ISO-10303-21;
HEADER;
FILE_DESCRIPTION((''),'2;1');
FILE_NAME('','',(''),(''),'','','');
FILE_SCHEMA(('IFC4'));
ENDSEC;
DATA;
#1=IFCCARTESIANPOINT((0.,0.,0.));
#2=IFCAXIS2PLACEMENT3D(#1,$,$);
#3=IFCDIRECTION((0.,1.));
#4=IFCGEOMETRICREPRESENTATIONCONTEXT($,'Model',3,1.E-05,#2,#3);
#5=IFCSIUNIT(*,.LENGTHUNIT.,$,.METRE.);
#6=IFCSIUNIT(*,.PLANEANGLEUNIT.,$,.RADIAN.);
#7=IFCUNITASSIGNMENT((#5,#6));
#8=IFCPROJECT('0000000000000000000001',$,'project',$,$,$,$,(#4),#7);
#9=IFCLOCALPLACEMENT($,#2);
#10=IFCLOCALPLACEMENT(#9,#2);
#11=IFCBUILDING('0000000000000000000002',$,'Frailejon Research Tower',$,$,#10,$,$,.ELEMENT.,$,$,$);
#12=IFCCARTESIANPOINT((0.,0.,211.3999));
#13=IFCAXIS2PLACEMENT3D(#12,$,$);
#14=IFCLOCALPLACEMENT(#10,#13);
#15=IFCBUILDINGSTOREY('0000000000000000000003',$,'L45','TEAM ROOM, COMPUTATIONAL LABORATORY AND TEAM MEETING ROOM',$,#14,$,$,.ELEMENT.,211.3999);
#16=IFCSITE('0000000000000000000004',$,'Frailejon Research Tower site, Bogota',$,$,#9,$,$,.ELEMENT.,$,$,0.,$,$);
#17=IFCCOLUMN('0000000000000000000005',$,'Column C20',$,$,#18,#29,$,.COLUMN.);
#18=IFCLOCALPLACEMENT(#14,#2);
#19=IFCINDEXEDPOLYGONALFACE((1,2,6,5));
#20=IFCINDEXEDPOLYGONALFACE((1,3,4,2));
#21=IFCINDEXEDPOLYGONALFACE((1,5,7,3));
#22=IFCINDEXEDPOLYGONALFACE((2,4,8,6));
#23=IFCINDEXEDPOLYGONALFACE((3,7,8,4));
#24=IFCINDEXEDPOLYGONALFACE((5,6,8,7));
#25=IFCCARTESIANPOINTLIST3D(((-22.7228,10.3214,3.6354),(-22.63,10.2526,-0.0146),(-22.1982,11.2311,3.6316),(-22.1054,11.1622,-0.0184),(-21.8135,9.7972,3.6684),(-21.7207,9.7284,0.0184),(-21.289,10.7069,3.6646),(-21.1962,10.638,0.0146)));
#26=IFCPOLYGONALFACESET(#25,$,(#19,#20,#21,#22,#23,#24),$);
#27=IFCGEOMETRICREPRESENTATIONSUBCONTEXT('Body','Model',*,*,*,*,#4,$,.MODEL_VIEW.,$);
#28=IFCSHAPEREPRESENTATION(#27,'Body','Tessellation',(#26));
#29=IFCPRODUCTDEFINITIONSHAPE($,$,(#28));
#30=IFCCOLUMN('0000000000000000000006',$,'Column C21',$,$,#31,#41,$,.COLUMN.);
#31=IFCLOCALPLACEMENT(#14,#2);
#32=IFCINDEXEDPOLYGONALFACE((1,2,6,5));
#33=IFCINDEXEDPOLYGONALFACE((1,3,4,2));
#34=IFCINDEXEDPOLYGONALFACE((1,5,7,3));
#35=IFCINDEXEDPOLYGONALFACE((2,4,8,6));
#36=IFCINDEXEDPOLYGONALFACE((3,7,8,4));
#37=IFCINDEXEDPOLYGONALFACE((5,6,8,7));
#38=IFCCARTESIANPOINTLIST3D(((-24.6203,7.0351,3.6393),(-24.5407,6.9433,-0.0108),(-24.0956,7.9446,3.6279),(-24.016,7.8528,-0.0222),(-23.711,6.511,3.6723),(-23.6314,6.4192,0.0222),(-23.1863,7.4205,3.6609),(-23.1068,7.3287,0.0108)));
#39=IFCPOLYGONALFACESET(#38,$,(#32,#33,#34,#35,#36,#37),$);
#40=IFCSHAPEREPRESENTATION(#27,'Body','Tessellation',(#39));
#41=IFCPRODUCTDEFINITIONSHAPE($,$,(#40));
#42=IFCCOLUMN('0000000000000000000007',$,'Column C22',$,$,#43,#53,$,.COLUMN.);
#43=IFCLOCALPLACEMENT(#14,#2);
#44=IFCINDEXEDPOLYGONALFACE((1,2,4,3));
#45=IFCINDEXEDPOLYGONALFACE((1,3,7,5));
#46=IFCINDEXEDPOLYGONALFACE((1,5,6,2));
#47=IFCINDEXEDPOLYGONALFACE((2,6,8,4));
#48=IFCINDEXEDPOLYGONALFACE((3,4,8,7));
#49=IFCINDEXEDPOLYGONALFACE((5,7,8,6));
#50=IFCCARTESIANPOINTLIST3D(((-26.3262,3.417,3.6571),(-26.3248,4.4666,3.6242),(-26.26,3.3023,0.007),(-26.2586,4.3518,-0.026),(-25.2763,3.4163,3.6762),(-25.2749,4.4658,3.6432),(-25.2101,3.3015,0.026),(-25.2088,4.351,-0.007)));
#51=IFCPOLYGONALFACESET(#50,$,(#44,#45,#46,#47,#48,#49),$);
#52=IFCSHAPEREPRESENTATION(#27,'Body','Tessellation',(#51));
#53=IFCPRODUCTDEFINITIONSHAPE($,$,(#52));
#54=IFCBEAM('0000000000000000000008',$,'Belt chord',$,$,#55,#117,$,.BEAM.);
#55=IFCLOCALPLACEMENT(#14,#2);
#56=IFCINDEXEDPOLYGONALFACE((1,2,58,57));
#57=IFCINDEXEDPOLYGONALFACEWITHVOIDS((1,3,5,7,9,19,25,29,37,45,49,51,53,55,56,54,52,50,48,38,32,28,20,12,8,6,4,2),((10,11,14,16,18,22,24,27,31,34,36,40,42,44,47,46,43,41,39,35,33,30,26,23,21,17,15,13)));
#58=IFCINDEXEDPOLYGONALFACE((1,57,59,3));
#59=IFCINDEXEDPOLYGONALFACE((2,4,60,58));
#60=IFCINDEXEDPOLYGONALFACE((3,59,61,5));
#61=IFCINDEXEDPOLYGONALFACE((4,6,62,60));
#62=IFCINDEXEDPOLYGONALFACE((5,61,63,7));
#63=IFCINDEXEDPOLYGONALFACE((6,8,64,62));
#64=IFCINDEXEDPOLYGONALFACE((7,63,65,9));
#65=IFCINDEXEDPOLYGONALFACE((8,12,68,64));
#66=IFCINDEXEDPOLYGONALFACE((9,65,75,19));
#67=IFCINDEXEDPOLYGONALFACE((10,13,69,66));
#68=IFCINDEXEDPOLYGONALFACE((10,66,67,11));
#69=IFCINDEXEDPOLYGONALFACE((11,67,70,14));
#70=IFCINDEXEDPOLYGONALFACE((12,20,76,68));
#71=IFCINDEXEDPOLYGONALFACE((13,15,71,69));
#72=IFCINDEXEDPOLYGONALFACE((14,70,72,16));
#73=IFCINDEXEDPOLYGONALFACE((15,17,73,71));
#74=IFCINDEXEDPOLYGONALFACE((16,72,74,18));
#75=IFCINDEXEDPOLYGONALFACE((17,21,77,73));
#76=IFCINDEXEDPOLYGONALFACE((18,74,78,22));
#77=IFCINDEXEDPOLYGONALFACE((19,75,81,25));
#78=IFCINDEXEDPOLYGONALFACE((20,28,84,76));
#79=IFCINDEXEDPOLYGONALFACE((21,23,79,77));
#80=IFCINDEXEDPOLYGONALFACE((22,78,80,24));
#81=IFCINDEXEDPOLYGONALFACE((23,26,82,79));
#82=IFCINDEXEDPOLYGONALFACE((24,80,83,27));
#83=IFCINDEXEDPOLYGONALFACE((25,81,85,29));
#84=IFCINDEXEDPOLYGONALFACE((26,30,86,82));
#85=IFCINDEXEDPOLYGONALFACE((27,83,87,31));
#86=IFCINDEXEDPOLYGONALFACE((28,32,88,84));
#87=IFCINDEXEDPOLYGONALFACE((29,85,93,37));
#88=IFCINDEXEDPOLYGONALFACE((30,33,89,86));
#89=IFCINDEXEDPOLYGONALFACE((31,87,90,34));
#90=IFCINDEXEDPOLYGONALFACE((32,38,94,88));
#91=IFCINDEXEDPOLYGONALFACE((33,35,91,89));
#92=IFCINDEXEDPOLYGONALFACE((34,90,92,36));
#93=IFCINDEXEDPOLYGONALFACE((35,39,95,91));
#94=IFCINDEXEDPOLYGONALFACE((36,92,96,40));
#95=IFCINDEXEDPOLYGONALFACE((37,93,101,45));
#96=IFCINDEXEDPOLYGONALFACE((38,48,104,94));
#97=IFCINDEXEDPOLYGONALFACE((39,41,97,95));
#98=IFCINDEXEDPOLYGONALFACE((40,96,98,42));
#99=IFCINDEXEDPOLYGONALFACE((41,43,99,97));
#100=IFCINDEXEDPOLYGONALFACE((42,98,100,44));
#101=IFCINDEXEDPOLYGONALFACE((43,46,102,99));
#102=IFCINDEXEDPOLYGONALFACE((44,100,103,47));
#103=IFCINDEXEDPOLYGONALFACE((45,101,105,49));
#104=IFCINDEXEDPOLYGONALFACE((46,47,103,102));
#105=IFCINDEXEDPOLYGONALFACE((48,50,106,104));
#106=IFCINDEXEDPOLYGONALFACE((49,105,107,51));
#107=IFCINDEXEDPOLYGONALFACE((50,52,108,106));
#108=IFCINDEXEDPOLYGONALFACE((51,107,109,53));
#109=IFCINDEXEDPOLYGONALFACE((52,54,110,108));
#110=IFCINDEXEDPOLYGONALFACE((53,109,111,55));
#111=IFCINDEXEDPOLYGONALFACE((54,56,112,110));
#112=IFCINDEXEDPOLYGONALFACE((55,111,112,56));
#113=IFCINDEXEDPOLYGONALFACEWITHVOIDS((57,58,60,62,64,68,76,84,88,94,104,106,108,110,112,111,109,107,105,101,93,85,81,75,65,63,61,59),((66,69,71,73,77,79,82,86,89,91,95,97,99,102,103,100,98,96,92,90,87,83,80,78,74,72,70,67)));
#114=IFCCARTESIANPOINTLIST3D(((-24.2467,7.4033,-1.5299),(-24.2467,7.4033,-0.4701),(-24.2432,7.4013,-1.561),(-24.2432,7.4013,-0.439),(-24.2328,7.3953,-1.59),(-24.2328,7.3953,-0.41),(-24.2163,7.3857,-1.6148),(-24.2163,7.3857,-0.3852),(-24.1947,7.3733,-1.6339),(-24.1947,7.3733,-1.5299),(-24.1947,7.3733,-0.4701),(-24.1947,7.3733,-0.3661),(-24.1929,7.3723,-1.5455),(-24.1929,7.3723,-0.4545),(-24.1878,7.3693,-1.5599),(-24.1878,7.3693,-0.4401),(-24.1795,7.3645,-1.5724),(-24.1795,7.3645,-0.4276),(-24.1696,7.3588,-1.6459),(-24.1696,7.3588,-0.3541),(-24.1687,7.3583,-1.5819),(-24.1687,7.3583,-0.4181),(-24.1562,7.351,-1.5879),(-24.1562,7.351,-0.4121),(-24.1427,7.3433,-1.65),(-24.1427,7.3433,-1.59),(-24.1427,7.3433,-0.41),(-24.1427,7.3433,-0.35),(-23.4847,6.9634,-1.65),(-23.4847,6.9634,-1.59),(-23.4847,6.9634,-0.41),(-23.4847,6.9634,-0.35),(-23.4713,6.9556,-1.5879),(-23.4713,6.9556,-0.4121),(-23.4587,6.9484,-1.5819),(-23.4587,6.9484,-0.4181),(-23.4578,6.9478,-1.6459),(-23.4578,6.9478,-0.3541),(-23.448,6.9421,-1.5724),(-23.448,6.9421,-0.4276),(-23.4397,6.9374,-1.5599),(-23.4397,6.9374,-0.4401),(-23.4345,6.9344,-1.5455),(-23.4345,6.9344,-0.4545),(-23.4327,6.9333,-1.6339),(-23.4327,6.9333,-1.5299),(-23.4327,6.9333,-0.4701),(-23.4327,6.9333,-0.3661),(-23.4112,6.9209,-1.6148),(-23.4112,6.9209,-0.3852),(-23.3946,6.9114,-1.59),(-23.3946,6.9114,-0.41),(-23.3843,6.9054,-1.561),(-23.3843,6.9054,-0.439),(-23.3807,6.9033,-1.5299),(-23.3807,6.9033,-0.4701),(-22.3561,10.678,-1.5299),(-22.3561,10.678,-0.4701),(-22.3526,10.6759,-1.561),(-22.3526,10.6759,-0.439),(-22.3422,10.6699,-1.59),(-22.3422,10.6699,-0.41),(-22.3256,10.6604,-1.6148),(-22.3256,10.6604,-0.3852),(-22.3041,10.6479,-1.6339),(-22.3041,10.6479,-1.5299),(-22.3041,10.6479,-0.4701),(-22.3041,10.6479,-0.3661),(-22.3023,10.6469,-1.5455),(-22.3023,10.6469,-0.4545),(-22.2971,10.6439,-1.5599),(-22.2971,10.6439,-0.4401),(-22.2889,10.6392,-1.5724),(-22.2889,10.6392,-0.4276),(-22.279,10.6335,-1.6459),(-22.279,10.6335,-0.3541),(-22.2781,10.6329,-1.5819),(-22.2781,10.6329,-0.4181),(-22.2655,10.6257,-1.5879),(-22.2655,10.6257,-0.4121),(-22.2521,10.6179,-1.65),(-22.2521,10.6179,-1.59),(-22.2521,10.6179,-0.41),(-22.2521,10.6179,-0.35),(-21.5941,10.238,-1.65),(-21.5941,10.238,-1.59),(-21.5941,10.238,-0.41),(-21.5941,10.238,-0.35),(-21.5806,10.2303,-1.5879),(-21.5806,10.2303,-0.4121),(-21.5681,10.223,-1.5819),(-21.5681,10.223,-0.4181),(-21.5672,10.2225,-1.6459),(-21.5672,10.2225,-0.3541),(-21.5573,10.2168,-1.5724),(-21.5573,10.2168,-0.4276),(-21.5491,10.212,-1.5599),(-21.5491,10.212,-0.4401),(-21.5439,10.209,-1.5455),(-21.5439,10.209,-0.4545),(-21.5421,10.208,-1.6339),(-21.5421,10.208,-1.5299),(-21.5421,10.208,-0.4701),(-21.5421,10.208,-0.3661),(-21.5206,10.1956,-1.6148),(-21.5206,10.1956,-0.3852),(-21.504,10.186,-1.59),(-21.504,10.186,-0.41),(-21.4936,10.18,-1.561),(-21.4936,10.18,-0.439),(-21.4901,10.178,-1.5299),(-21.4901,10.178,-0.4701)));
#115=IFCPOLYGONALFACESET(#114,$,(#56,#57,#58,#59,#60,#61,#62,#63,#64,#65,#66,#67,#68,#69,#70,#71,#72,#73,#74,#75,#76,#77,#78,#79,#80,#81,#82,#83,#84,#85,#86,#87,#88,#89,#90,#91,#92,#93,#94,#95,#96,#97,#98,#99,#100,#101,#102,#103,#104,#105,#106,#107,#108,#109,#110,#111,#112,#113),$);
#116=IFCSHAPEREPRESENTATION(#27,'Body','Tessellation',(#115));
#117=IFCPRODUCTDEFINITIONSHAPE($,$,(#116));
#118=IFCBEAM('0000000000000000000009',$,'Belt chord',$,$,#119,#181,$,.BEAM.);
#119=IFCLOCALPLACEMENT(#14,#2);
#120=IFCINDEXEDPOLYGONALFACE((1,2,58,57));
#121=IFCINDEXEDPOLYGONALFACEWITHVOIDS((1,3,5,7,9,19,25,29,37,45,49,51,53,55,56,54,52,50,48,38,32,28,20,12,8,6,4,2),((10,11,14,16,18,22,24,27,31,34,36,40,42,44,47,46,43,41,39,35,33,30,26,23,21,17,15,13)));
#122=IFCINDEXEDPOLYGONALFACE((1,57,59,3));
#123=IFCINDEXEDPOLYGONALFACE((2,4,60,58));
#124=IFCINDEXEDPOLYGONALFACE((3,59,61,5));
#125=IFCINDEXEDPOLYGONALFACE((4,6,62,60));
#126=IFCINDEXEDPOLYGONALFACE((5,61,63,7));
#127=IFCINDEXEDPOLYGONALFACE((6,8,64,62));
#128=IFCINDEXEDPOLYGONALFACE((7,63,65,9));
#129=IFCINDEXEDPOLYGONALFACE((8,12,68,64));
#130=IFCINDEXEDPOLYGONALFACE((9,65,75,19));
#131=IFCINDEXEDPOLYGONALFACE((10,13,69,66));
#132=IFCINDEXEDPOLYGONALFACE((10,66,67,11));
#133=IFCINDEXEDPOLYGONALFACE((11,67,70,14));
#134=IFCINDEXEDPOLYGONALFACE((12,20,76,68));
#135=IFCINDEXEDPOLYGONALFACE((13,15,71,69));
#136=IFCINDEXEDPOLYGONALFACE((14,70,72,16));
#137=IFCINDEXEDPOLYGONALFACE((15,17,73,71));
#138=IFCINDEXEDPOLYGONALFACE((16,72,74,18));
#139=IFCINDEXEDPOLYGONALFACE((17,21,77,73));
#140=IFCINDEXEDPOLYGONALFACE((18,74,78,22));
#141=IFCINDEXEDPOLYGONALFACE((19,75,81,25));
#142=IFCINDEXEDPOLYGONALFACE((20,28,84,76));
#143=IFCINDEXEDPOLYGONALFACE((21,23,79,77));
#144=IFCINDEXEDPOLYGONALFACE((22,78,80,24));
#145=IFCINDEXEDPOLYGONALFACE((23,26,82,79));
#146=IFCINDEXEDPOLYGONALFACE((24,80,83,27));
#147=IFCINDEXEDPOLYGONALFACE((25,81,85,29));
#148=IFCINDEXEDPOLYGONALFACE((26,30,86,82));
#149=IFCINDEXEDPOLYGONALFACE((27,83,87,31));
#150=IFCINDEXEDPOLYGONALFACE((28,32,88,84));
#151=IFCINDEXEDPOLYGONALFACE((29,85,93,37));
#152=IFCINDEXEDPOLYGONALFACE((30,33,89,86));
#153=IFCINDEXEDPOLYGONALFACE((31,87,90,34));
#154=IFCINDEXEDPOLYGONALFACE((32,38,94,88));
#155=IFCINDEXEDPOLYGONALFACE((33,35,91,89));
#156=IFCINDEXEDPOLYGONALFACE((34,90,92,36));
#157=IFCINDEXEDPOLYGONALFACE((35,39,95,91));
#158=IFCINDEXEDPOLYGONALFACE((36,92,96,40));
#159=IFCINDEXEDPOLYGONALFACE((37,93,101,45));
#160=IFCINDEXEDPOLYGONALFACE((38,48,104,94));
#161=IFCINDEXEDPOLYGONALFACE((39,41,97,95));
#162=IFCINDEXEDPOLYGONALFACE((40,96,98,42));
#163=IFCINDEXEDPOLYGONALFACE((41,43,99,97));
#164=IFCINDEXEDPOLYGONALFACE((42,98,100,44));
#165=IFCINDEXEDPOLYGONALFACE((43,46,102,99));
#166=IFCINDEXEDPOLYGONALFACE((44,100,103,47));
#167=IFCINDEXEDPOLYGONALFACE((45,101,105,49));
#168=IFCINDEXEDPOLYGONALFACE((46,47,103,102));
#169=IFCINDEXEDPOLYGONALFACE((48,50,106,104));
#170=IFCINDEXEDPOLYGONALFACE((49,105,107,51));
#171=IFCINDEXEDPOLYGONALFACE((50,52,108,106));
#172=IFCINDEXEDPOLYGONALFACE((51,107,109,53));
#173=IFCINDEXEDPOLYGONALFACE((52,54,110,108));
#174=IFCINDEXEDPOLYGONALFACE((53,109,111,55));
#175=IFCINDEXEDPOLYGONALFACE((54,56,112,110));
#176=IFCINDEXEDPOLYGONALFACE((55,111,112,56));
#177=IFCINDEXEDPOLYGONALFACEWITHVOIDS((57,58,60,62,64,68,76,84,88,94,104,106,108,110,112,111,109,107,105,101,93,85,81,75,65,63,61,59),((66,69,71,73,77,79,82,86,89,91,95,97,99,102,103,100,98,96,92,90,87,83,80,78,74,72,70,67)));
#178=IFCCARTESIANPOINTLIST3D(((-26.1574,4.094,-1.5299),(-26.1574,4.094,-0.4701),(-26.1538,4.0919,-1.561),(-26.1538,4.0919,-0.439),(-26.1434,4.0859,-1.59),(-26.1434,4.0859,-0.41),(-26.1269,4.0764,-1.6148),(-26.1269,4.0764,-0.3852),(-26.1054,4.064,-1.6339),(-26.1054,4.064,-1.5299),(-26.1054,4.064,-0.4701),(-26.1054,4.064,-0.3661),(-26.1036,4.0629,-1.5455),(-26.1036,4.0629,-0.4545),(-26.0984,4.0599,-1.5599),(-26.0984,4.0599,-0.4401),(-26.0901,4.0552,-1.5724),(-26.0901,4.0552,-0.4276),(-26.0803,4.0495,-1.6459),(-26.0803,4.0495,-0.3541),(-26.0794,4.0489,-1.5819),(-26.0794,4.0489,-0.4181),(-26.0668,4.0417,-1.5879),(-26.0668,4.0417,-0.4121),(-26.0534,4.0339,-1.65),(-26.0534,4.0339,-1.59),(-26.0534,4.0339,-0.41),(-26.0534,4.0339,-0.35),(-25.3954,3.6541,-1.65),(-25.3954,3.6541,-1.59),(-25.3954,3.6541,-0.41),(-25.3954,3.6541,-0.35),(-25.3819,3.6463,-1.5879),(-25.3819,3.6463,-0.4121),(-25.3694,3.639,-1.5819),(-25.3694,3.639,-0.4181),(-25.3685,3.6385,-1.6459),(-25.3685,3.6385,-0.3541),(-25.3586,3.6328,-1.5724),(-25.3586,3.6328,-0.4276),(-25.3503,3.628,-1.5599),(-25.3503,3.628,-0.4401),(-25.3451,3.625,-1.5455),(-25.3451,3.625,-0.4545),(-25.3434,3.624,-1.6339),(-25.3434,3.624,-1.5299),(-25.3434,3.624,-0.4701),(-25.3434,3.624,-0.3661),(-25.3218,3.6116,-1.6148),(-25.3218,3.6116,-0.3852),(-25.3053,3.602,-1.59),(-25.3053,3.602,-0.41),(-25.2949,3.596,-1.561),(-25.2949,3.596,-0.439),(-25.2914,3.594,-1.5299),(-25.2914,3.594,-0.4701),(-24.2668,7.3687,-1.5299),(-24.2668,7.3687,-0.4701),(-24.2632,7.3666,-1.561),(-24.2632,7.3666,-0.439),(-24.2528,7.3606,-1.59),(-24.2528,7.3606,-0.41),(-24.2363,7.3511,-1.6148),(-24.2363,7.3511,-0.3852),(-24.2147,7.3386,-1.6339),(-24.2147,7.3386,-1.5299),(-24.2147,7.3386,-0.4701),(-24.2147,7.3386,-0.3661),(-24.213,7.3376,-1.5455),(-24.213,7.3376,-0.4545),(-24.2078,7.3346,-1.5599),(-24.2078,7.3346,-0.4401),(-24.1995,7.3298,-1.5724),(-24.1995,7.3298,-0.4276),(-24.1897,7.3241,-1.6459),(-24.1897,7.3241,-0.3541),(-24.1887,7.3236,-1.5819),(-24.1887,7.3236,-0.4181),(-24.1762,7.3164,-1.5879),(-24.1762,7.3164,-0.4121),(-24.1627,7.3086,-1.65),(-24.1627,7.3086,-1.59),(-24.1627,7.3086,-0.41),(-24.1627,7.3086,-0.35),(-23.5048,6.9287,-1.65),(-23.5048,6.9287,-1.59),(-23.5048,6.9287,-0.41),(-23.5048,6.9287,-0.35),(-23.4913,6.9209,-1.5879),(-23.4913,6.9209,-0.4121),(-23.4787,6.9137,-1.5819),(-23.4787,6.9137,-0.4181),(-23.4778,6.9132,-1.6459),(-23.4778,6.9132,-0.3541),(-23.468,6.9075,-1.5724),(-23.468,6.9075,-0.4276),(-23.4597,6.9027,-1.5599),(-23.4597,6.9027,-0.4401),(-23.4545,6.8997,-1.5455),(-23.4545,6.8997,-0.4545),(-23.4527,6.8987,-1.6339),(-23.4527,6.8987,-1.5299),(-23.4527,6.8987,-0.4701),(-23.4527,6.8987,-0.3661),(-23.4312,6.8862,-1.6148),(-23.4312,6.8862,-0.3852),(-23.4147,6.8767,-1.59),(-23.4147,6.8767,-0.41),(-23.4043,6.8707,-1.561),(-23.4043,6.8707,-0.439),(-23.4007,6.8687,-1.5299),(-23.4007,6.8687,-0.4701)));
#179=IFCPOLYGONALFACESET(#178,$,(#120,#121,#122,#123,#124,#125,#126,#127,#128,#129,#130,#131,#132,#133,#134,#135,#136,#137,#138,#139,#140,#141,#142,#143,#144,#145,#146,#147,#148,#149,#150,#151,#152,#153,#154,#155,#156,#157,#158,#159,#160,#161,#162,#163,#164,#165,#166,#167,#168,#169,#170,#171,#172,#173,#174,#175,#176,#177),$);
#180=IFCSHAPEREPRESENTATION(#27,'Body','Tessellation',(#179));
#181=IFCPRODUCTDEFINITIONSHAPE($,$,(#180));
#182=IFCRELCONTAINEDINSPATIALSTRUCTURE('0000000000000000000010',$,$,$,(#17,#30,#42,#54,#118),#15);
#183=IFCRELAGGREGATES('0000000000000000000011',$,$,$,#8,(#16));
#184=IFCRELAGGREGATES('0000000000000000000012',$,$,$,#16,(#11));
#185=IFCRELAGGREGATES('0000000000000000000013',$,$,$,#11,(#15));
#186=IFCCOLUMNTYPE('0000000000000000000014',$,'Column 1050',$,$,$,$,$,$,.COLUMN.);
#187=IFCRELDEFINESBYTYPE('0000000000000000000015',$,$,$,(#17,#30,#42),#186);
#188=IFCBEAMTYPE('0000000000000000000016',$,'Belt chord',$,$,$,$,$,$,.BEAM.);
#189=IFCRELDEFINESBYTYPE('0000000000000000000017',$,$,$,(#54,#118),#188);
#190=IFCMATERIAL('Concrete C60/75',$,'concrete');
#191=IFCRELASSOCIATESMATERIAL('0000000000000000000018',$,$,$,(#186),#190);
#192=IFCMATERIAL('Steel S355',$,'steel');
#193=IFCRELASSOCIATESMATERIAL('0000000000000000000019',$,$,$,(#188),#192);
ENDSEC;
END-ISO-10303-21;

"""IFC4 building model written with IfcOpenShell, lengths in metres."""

from ifc_helpers import new_model, si_unit, direction, frame, origin, origin_2d, place, context, subcontext, project, spatial, rectangle, hollow_rectangle, extrude, material, material_profile, profile_set, type_object, element, save


model = new_model("IFC4")

# Units and contexts
model_context = context("Model", 3, precision=1e-05, world=origin(), true_north=direction((0.0, 1.0)))
body_context = subcontext(model_context, "Body", "Model", "MODEL_VIEW")
ifc_project = project(units=[si_unit("LENGTHUNIT", "METRE"), si_unit("PLANEANGLEUNIT", "RADIAN")], contexts=[model_context])

# Site, building, storey
site_placement = place(None, origin())
site = spatial("IfcSite", under=ifc_project, at=site_placement, Name="Frailejon Research Tower site, Bogota", CompositionType="ELEMENT", RefElevation=0.0)
building_placement = place(site_placement, origin())
building = spatial("IfcBuilding", under=site, at=building_placement, Name="Frailejon Research Tower", CompositionType="ELEMENT")
storey_placement = place(building_placement, frame((0.0, 0.0, 211.3999)))
storey = spatial("IfcBuildingStorey", under=building, at=storey_placement, Name="L45", Description="TEAM ROOM, COMPUTATIONAL LABORATORY AND TEAM MEETING ROOM", CompositionType="ELEMENT", Elevation=211.3999)

# Columns
ifc_material_1 = material(Name="Concrete C60/75", Category="concrete")
ifc_material_profile_1 = material_profile(ifc_material_1, rectangle(XDim=1.05, YDim=1.05, at=origin_2d()), Name="Column 1050")
ifc_profile_set_1 = profile_set([ifc_material_profile_1], Name="Concrete C60/75")
column_type = type_object("IfcColumnType", Name="Column 1050", PredefinedType="COLUMN", material=ifc_profile_set_1)
column_1_placement = place(storey_placement, frame((-21.9131, 10.4453, 0.0), z_axis=(-0.025404, 0.018852, 0.9995), x_axis=(-0.499535, -0.866286, 0.003643)))
element("IfcColumn", 1, at=column_1_placement, inside=storey, type_object=column_type, Name="Column C20", PredefinedType="COLUMN", context=body_context, shape_type="SweptSolid", body=[
    extrude(rectangle(XDim=1.05, YDim=1.05, at=origin_2d()), origin(), (0.0, 0.0, 1.0), 3.6519),
])
column_2_placement = place(storey_placement, frame((-23.8237, 7.136, 0.0), z_axis=(-0.021792, 0.025135, 0.999447), x_axis=(-0.499665, -0.86615, 0.010888)))
element("IfcColumn", 2, at=column_2_placement, inside=storey, type_object=column_type, Name="Column C21", PredefinedType="COLUMN", context=body_context, shape_type="SweptSolid", body=[
    extrude(rectangle(XDim=1.05, YDim=1.05, at=origin_2d()), origin(), (0.0, 0.0, 1.0), 3.6521),
])
column_3_placement = place(storey_placement, frame((-25.7344, 3.8267, 0.0), z_axis=(-0.018114, 0.031415, 0.999342), x_axis=(-0.001297, -0.999506, 0.031397)))
element("IfcColumn", 3, at=column_3_placement, inside=storey, type_object=column_type, Name="Column C22", PredefinedType="COLUMN", context=body_context, shape_type="SweptSolid", body=[
    extrude(rectangle(XDim=1.05, YDim=1.05, at=origin_2d()), origin(), (0.0, 0.0, 1.0), 3.6526),
])

# Beams
ifc_material_2 = material(Name="Steel S355", Category="steel")
ifc_material_profile_2 = material_profile(ifc_material_2, hollow_rectangle(XDim=1.0, YDim=1.3, WallThickness=0.0601, InnerFilletRadius=0.0601, OuterFilletRadius=0.1201, at=origin_2d()), Name="Belt chord")
ifc_profile_set_2 = profile_set([ifc_material_profile_2], Name="Steel S355")
beam_type_1 = type_object("IfcBeamType", Name="Belt chord", PredefinedType="BEAM", material=ifc_profile_set_2)
for number, where, z_axis, x_axis, name in (
    (4, (-21.9231, 10.428, -1.0), (-0.5, -0.866025, 0.0), (0.866025, -0.5, 0.0), "Belt chord"),
    (5, (-23.8337, 7.1187, -1.0), (-0.5, -0.866025, 0.0), (0.866025, -0.5, 0.0), "Belt chord"),
):
    element("IfcBeam", number, at=place(storey_placement, frame(where, z_axis=z_axis, x_axis=x_axis)), inside=storey, type_object=beam_type_1, Name=name, PredefinedType="BEAM", context=body_context, shape_type="SweptSolid", body=[
        extrude(hollow_rectangle(XDim=1.0, YDim=1.3, WallThickness=0.0601, InnerFilletRadius=0.0601, OuterFilletRadius=0.1201, at=origin_2d()), origin(), (0.0, 0.0, 1.0), 3.7812),
    ])

save(model, "model.ifc")
